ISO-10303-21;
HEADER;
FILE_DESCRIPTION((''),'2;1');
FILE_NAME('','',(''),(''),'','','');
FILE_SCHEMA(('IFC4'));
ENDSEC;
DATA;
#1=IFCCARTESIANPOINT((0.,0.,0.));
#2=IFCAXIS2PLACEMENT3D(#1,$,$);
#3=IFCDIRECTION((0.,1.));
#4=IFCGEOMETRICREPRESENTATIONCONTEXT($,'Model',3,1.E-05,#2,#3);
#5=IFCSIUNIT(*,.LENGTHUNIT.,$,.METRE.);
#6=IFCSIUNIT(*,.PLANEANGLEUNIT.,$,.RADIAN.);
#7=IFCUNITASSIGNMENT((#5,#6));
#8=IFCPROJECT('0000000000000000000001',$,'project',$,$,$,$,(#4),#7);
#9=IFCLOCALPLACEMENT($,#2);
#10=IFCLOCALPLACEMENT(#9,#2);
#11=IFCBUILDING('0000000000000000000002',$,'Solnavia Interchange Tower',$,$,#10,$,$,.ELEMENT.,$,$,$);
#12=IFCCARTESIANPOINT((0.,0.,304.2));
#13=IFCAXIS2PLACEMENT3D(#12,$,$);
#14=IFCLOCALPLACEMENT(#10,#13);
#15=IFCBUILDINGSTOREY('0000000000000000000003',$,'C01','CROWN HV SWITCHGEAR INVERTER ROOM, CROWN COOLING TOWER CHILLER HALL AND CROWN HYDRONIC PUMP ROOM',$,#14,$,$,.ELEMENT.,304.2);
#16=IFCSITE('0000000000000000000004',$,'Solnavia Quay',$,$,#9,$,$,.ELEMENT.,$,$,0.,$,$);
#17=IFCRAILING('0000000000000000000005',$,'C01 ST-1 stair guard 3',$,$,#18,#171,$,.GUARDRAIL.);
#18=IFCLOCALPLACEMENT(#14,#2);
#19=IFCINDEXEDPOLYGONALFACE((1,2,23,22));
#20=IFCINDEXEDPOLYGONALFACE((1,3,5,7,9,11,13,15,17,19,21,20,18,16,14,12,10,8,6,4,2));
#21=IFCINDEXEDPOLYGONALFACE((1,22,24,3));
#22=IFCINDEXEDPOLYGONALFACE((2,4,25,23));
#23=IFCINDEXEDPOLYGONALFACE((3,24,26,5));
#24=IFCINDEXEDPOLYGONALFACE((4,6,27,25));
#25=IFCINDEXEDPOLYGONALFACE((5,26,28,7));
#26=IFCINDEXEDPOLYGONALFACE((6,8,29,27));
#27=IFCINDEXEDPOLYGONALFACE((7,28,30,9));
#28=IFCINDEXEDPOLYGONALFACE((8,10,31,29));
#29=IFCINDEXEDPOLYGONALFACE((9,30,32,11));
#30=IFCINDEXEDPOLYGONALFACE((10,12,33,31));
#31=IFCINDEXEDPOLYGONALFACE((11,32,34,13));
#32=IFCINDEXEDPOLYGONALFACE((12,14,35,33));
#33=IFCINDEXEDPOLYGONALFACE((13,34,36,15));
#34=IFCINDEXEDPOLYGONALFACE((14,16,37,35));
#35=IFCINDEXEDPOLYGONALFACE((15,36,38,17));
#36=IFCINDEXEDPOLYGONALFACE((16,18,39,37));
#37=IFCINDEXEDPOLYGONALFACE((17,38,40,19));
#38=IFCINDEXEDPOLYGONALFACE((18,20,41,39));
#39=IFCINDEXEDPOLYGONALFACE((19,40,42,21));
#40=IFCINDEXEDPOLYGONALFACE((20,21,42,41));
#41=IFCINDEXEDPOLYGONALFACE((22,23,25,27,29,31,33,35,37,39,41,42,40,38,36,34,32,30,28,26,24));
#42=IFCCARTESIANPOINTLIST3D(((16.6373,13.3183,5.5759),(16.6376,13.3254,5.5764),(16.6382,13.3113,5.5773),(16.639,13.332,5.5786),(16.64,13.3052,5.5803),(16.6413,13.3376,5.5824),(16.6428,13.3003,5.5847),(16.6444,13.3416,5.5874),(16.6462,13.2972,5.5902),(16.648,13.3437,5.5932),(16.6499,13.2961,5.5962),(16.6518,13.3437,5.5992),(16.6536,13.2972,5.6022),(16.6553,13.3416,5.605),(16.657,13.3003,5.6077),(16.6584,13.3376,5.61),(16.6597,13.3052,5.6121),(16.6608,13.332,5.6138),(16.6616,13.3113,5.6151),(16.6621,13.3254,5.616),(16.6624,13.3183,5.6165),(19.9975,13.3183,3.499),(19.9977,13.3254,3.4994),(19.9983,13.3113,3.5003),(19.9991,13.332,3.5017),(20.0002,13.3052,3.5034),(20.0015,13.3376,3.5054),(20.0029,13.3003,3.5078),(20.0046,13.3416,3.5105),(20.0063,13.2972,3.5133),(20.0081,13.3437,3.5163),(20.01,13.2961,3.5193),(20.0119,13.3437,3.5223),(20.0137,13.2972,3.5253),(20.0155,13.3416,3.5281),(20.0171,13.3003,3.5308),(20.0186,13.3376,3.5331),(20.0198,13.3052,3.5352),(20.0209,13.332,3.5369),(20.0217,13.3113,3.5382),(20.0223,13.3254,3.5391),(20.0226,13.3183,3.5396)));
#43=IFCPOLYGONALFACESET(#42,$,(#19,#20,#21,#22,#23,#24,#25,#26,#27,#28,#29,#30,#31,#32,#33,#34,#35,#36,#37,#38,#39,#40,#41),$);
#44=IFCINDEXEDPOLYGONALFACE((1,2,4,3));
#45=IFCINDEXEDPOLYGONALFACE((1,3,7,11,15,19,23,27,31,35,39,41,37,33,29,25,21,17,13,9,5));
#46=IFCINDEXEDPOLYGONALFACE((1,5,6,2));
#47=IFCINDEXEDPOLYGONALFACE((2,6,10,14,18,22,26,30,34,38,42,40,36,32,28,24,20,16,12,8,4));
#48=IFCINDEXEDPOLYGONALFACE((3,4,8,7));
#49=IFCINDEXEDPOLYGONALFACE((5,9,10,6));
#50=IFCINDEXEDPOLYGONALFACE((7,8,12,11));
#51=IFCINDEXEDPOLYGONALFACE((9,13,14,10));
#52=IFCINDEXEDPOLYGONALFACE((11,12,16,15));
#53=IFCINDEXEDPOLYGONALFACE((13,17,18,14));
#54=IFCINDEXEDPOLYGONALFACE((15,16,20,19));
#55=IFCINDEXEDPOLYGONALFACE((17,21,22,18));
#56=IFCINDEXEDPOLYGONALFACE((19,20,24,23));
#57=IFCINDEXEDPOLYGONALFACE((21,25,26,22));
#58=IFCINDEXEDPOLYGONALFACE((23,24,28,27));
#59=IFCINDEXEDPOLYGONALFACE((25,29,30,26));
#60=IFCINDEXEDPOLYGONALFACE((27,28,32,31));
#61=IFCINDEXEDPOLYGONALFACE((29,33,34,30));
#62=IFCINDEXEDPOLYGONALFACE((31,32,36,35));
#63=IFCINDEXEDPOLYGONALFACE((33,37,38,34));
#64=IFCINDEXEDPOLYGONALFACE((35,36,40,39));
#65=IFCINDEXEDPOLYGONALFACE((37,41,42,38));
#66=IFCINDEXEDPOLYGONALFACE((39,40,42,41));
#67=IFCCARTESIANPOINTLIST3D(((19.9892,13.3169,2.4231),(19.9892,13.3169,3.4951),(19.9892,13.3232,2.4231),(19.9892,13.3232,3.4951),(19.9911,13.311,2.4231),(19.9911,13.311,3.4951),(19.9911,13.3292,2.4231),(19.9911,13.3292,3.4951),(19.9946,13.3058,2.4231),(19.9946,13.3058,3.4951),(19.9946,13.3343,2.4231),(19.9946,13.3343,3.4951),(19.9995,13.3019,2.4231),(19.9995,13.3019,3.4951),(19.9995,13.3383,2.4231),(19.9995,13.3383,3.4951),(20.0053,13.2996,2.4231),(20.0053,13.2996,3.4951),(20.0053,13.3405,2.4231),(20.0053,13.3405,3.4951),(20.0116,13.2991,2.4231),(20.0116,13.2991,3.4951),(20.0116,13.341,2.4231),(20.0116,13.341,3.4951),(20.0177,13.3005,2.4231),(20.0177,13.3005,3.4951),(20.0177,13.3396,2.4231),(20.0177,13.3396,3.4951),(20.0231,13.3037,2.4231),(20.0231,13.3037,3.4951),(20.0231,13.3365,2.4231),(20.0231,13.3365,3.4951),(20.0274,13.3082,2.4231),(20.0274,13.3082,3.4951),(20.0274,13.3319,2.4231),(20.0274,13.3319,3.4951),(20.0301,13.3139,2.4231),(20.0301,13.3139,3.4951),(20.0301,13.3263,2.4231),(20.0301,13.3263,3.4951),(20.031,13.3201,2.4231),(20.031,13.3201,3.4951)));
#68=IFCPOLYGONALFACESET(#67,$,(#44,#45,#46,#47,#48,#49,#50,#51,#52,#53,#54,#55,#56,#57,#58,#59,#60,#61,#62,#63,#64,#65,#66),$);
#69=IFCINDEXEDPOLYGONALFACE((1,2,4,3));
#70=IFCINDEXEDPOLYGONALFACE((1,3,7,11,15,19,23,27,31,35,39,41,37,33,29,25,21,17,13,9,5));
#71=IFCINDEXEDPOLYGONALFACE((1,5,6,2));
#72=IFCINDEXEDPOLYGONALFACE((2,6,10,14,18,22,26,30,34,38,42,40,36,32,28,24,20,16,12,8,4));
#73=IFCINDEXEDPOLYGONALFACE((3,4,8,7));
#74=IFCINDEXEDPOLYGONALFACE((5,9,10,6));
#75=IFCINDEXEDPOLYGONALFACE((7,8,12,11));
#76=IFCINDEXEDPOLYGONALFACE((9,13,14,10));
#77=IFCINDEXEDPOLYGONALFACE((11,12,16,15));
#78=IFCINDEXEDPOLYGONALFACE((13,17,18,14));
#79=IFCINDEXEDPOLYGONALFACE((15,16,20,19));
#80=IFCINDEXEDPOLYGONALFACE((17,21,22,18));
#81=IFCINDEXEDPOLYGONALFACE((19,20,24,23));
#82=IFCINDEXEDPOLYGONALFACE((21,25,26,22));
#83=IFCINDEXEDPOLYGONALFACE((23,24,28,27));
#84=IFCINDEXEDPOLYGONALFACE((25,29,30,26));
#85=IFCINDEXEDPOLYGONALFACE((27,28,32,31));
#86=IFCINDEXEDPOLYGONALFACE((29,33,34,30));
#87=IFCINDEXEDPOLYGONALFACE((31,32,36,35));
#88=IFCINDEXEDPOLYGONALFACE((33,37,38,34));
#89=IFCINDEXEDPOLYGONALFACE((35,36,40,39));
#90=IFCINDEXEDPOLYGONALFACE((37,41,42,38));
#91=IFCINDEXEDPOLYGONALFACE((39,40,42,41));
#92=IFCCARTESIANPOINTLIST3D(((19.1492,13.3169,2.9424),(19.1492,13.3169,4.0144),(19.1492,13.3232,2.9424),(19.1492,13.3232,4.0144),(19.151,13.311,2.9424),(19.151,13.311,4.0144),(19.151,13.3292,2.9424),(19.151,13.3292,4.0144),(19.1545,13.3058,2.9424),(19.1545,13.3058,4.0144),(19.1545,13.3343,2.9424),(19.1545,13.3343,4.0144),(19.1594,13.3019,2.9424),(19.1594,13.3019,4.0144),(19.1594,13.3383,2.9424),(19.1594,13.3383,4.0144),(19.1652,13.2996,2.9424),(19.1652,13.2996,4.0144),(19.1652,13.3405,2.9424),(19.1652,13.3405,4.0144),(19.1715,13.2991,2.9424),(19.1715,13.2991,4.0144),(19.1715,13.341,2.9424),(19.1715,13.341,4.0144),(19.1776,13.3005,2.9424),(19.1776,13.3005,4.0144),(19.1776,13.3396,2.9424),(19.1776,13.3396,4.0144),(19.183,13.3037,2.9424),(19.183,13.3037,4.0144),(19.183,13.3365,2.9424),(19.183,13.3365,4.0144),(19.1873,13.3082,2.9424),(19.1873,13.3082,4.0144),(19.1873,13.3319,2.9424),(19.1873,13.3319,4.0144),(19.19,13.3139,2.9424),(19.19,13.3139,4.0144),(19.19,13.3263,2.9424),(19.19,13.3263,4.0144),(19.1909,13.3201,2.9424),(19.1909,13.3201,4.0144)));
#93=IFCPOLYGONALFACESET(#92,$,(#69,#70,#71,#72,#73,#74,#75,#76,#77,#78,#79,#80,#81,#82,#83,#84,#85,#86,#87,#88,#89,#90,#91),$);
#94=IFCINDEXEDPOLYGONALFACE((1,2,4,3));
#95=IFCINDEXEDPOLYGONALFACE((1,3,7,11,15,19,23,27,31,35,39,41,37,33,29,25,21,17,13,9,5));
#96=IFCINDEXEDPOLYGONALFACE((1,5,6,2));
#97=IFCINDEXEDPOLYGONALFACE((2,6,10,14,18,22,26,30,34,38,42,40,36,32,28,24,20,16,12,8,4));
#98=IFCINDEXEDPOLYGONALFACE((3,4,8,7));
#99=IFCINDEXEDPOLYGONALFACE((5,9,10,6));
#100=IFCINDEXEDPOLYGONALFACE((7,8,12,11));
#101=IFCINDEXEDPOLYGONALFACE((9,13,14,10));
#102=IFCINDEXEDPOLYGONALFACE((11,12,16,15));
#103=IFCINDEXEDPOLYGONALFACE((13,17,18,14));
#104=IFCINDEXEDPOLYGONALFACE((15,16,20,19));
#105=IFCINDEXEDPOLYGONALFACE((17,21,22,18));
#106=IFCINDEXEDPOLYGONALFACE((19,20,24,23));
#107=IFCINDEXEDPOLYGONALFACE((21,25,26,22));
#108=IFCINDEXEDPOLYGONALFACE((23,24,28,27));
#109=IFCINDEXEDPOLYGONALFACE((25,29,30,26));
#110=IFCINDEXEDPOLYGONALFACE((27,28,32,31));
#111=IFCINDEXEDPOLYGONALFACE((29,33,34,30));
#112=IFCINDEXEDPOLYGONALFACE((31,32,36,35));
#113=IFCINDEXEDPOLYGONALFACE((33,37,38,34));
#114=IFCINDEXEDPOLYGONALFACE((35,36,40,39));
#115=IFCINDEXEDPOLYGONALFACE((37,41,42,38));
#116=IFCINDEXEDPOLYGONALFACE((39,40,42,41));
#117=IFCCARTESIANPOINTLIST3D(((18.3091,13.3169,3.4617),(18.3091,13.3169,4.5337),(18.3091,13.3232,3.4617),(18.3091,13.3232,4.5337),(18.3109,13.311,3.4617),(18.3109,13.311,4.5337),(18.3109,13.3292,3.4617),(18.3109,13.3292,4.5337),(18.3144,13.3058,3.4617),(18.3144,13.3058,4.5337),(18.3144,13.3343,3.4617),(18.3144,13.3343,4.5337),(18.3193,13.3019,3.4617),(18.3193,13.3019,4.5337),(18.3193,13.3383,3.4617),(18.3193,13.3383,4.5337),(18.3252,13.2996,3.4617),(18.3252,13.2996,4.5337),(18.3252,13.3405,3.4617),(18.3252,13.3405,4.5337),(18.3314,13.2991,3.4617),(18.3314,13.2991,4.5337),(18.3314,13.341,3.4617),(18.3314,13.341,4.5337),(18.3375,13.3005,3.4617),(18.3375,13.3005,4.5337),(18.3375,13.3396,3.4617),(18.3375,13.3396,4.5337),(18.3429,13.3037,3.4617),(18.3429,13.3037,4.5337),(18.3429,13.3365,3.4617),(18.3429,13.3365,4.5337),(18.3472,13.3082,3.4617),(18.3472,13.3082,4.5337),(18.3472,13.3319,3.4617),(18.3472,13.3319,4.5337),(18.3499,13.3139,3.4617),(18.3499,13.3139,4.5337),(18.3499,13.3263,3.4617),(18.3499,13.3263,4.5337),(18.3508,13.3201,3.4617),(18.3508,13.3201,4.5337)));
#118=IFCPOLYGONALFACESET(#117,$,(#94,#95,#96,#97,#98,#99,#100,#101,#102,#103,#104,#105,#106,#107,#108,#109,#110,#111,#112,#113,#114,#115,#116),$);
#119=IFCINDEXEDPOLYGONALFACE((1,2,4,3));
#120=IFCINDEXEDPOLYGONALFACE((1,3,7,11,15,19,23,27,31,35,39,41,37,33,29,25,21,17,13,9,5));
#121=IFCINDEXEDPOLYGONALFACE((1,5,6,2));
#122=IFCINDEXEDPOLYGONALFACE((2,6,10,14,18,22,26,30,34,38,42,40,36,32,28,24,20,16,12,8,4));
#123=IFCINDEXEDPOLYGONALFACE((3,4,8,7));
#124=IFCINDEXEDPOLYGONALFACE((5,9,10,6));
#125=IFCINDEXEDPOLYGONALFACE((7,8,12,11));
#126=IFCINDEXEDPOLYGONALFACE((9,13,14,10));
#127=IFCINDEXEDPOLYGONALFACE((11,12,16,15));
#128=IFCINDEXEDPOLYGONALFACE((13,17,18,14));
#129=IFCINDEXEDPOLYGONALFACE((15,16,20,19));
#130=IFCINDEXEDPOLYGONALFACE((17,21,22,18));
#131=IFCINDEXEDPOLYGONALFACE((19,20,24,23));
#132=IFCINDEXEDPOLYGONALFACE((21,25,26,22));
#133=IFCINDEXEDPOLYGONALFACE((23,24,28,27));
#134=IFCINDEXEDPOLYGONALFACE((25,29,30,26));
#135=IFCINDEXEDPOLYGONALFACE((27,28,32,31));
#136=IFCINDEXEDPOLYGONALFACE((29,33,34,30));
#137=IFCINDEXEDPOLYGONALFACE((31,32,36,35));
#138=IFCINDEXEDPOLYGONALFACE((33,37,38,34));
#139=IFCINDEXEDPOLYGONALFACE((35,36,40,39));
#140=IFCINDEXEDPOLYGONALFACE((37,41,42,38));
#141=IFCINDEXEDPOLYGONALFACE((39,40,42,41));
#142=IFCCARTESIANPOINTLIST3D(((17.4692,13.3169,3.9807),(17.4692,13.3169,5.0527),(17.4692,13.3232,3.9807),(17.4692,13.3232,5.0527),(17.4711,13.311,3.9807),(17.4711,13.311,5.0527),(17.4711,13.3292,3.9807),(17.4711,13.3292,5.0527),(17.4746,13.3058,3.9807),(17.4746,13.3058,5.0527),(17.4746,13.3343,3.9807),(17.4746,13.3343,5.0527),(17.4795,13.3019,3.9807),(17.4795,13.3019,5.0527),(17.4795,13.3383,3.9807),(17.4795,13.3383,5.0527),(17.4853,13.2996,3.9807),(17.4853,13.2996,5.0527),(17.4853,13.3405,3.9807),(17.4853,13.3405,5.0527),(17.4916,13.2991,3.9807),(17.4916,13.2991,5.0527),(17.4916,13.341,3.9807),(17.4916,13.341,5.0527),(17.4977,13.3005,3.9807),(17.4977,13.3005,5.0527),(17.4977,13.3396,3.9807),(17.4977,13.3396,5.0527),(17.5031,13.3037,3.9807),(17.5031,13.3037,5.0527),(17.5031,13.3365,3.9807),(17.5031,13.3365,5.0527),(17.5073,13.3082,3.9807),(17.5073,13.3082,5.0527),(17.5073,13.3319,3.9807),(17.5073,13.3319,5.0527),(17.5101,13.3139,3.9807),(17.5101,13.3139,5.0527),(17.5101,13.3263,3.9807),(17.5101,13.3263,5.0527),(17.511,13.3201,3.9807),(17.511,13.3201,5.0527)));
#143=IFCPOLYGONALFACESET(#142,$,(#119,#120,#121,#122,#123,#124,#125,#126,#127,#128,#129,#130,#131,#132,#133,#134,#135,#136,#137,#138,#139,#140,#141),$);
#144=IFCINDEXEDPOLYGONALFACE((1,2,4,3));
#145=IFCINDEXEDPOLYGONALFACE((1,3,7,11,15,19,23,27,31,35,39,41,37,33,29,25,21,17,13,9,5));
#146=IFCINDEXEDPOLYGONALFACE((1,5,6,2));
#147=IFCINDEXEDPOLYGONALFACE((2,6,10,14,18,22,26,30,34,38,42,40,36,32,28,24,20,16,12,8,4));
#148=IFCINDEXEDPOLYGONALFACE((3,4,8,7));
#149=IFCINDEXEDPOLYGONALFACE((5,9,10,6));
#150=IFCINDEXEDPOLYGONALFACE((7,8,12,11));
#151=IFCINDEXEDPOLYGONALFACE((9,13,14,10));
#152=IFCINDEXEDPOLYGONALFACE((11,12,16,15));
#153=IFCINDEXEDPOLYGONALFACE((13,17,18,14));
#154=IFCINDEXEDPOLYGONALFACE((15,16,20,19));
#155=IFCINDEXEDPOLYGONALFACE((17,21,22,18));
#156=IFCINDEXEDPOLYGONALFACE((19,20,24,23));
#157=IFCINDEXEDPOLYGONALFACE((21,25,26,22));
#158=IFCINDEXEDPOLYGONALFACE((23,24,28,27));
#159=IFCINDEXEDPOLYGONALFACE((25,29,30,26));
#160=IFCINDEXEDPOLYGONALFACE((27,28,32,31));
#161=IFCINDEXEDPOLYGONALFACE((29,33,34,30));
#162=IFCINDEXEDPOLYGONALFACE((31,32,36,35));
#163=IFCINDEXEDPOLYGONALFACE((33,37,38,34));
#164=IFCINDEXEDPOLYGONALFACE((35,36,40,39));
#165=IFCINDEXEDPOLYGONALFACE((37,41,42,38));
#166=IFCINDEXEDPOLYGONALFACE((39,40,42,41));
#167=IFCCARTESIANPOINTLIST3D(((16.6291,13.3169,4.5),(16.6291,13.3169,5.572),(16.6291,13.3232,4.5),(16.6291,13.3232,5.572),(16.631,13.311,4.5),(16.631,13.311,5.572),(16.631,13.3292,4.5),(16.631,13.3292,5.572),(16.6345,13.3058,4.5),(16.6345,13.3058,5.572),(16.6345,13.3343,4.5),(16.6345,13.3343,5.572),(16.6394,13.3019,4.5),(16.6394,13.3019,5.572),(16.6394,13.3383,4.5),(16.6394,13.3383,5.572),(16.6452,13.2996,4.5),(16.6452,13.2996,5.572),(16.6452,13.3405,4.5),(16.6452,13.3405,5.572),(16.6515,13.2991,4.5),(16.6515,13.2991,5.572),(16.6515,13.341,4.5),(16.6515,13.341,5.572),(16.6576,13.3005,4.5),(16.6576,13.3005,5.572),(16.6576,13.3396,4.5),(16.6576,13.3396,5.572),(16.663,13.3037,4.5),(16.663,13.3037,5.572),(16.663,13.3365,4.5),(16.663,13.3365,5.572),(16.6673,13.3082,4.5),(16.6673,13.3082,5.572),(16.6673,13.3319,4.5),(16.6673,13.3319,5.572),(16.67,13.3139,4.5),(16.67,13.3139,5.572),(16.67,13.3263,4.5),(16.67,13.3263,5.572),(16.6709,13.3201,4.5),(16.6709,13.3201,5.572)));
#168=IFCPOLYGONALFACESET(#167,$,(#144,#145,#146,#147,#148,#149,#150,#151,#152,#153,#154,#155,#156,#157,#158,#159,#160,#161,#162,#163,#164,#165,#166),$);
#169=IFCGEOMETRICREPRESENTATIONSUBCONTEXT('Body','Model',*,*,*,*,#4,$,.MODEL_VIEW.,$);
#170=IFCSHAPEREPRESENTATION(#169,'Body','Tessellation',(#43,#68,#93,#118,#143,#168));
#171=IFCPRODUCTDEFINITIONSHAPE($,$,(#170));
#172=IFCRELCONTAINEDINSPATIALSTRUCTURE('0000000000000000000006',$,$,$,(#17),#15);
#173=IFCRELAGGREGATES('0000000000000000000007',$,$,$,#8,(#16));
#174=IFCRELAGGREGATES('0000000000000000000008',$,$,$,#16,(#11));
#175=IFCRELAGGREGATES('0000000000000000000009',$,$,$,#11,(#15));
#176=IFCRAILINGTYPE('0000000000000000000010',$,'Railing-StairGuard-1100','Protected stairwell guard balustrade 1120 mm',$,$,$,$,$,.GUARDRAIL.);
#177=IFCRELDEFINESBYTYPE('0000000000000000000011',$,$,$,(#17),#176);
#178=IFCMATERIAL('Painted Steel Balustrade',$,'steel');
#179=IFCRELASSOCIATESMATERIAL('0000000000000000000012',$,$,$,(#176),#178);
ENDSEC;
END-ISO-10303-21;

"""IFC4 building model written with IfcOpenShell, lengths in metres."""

from ifc_helpers import new_model, si_unit, direction, frame, origin, origin_2d, place, context, subcontext, project, spatial, circle, extrude, material, type_object, element, save


model = new_model("IFC4")

# Units and contexts
model_context = context("Model", 3, precision=1e-05, world=origin(), true_north=direction((0.0, 1.0)))
body_context = subcontext(model_context, "Body", "Model", "MODEL_VIEW")
ifc_project = project(units=[si_unit("LENGTHUNIT", "METRE"), si_unit("PLANEANGLEUNIT", "RADIAN")], contexts=[model_context])

# Site, building, storey
site_placement = place(None, origin())
site = spatial("IfcSite", under=ifc_project, at=site_placement, Name="Solnavia Quay", CompositionType="ELEMENT", RefElevation=0.0)
building_placement = place(site_placement, origin())
building = spatial("IfcBuilding", under=site, at=building_placement, Name="Solnavia Interchange Tower", CompositionType="ELEMENT")
storey_placement = place(building_placement, frame((0.0, 0.0, 304.2)))
storey = spatial("IfcBuildingStorey", under=building, at=storey_placement, Name="C01", Description="CROWN HV SWITCHGEAR INVERTER ROOM, CROWN COOLING TOWER CHILLER HALL AND CROWN HYDRONIC PUMP ROOM", CompositionType="ELEMENT", Elevation=304.2)

# Railing
ifc_material_1 = material(Name="Painted Steel Balustrade", Category="steel")
railing_type_1 = type_object("IfcRailingType", Name="Railing-StairGuard-1100", Description="Protected stairwell guard balustrade 1120 mm", PredefinedType="GUARDRAIL", material=ifc_material_1)
railing_1_placement = place(storey_placement, frame((20.01, 13.3201, 2.4231)))
element("IfcRailing", 1, at=railing_1_placement, inside=storey, type_object=railing_type_1, Name="C01 ST-1 stair guard 3", PredefinedType="GUARDRAIL", context=body_context, shape_type="SweptSolid", body=[
    extrude(circle(Radius=0.0239, at=origin_2d()), frame((0.0, 0.0, 1.0962), z_axis=(-0.850623, 0.0, 0.525776), x_axis=(0.0, -1.0, 0.0)), (0.0, 0.0, 1.0), 3.9502),
    extrude(circle(Radius=0.021, at=origin_2d()), origin(), (0.0, 0.0, 1.0), 1.072),
    extrude(circle(Radius=0.021, at=origin_2d()), frame((-0.8401, 0.0, 0.5193)), (0.0, 0.0, 1.0), 1.072),
    extrude(circle(Radius=0.021, at=origin_2d()), frame((-1.6802, 0.0, 1.0386)), (0.0, 0.0, 1.0), 1.072),
    extrude(circle(Radius=0.021, at=origin_2d()), frame((-2.52, 0.0, 1.5576)), (0.0, 0.0, 1.0), 1.072),
    extrude(circle(Radius=0.021, at=origin_2d()), frame((-3.3601, 0.0, 2.0769)), (0.0, 0.0, 1.0), 1.072),
])

save(model, "model.ifc")
